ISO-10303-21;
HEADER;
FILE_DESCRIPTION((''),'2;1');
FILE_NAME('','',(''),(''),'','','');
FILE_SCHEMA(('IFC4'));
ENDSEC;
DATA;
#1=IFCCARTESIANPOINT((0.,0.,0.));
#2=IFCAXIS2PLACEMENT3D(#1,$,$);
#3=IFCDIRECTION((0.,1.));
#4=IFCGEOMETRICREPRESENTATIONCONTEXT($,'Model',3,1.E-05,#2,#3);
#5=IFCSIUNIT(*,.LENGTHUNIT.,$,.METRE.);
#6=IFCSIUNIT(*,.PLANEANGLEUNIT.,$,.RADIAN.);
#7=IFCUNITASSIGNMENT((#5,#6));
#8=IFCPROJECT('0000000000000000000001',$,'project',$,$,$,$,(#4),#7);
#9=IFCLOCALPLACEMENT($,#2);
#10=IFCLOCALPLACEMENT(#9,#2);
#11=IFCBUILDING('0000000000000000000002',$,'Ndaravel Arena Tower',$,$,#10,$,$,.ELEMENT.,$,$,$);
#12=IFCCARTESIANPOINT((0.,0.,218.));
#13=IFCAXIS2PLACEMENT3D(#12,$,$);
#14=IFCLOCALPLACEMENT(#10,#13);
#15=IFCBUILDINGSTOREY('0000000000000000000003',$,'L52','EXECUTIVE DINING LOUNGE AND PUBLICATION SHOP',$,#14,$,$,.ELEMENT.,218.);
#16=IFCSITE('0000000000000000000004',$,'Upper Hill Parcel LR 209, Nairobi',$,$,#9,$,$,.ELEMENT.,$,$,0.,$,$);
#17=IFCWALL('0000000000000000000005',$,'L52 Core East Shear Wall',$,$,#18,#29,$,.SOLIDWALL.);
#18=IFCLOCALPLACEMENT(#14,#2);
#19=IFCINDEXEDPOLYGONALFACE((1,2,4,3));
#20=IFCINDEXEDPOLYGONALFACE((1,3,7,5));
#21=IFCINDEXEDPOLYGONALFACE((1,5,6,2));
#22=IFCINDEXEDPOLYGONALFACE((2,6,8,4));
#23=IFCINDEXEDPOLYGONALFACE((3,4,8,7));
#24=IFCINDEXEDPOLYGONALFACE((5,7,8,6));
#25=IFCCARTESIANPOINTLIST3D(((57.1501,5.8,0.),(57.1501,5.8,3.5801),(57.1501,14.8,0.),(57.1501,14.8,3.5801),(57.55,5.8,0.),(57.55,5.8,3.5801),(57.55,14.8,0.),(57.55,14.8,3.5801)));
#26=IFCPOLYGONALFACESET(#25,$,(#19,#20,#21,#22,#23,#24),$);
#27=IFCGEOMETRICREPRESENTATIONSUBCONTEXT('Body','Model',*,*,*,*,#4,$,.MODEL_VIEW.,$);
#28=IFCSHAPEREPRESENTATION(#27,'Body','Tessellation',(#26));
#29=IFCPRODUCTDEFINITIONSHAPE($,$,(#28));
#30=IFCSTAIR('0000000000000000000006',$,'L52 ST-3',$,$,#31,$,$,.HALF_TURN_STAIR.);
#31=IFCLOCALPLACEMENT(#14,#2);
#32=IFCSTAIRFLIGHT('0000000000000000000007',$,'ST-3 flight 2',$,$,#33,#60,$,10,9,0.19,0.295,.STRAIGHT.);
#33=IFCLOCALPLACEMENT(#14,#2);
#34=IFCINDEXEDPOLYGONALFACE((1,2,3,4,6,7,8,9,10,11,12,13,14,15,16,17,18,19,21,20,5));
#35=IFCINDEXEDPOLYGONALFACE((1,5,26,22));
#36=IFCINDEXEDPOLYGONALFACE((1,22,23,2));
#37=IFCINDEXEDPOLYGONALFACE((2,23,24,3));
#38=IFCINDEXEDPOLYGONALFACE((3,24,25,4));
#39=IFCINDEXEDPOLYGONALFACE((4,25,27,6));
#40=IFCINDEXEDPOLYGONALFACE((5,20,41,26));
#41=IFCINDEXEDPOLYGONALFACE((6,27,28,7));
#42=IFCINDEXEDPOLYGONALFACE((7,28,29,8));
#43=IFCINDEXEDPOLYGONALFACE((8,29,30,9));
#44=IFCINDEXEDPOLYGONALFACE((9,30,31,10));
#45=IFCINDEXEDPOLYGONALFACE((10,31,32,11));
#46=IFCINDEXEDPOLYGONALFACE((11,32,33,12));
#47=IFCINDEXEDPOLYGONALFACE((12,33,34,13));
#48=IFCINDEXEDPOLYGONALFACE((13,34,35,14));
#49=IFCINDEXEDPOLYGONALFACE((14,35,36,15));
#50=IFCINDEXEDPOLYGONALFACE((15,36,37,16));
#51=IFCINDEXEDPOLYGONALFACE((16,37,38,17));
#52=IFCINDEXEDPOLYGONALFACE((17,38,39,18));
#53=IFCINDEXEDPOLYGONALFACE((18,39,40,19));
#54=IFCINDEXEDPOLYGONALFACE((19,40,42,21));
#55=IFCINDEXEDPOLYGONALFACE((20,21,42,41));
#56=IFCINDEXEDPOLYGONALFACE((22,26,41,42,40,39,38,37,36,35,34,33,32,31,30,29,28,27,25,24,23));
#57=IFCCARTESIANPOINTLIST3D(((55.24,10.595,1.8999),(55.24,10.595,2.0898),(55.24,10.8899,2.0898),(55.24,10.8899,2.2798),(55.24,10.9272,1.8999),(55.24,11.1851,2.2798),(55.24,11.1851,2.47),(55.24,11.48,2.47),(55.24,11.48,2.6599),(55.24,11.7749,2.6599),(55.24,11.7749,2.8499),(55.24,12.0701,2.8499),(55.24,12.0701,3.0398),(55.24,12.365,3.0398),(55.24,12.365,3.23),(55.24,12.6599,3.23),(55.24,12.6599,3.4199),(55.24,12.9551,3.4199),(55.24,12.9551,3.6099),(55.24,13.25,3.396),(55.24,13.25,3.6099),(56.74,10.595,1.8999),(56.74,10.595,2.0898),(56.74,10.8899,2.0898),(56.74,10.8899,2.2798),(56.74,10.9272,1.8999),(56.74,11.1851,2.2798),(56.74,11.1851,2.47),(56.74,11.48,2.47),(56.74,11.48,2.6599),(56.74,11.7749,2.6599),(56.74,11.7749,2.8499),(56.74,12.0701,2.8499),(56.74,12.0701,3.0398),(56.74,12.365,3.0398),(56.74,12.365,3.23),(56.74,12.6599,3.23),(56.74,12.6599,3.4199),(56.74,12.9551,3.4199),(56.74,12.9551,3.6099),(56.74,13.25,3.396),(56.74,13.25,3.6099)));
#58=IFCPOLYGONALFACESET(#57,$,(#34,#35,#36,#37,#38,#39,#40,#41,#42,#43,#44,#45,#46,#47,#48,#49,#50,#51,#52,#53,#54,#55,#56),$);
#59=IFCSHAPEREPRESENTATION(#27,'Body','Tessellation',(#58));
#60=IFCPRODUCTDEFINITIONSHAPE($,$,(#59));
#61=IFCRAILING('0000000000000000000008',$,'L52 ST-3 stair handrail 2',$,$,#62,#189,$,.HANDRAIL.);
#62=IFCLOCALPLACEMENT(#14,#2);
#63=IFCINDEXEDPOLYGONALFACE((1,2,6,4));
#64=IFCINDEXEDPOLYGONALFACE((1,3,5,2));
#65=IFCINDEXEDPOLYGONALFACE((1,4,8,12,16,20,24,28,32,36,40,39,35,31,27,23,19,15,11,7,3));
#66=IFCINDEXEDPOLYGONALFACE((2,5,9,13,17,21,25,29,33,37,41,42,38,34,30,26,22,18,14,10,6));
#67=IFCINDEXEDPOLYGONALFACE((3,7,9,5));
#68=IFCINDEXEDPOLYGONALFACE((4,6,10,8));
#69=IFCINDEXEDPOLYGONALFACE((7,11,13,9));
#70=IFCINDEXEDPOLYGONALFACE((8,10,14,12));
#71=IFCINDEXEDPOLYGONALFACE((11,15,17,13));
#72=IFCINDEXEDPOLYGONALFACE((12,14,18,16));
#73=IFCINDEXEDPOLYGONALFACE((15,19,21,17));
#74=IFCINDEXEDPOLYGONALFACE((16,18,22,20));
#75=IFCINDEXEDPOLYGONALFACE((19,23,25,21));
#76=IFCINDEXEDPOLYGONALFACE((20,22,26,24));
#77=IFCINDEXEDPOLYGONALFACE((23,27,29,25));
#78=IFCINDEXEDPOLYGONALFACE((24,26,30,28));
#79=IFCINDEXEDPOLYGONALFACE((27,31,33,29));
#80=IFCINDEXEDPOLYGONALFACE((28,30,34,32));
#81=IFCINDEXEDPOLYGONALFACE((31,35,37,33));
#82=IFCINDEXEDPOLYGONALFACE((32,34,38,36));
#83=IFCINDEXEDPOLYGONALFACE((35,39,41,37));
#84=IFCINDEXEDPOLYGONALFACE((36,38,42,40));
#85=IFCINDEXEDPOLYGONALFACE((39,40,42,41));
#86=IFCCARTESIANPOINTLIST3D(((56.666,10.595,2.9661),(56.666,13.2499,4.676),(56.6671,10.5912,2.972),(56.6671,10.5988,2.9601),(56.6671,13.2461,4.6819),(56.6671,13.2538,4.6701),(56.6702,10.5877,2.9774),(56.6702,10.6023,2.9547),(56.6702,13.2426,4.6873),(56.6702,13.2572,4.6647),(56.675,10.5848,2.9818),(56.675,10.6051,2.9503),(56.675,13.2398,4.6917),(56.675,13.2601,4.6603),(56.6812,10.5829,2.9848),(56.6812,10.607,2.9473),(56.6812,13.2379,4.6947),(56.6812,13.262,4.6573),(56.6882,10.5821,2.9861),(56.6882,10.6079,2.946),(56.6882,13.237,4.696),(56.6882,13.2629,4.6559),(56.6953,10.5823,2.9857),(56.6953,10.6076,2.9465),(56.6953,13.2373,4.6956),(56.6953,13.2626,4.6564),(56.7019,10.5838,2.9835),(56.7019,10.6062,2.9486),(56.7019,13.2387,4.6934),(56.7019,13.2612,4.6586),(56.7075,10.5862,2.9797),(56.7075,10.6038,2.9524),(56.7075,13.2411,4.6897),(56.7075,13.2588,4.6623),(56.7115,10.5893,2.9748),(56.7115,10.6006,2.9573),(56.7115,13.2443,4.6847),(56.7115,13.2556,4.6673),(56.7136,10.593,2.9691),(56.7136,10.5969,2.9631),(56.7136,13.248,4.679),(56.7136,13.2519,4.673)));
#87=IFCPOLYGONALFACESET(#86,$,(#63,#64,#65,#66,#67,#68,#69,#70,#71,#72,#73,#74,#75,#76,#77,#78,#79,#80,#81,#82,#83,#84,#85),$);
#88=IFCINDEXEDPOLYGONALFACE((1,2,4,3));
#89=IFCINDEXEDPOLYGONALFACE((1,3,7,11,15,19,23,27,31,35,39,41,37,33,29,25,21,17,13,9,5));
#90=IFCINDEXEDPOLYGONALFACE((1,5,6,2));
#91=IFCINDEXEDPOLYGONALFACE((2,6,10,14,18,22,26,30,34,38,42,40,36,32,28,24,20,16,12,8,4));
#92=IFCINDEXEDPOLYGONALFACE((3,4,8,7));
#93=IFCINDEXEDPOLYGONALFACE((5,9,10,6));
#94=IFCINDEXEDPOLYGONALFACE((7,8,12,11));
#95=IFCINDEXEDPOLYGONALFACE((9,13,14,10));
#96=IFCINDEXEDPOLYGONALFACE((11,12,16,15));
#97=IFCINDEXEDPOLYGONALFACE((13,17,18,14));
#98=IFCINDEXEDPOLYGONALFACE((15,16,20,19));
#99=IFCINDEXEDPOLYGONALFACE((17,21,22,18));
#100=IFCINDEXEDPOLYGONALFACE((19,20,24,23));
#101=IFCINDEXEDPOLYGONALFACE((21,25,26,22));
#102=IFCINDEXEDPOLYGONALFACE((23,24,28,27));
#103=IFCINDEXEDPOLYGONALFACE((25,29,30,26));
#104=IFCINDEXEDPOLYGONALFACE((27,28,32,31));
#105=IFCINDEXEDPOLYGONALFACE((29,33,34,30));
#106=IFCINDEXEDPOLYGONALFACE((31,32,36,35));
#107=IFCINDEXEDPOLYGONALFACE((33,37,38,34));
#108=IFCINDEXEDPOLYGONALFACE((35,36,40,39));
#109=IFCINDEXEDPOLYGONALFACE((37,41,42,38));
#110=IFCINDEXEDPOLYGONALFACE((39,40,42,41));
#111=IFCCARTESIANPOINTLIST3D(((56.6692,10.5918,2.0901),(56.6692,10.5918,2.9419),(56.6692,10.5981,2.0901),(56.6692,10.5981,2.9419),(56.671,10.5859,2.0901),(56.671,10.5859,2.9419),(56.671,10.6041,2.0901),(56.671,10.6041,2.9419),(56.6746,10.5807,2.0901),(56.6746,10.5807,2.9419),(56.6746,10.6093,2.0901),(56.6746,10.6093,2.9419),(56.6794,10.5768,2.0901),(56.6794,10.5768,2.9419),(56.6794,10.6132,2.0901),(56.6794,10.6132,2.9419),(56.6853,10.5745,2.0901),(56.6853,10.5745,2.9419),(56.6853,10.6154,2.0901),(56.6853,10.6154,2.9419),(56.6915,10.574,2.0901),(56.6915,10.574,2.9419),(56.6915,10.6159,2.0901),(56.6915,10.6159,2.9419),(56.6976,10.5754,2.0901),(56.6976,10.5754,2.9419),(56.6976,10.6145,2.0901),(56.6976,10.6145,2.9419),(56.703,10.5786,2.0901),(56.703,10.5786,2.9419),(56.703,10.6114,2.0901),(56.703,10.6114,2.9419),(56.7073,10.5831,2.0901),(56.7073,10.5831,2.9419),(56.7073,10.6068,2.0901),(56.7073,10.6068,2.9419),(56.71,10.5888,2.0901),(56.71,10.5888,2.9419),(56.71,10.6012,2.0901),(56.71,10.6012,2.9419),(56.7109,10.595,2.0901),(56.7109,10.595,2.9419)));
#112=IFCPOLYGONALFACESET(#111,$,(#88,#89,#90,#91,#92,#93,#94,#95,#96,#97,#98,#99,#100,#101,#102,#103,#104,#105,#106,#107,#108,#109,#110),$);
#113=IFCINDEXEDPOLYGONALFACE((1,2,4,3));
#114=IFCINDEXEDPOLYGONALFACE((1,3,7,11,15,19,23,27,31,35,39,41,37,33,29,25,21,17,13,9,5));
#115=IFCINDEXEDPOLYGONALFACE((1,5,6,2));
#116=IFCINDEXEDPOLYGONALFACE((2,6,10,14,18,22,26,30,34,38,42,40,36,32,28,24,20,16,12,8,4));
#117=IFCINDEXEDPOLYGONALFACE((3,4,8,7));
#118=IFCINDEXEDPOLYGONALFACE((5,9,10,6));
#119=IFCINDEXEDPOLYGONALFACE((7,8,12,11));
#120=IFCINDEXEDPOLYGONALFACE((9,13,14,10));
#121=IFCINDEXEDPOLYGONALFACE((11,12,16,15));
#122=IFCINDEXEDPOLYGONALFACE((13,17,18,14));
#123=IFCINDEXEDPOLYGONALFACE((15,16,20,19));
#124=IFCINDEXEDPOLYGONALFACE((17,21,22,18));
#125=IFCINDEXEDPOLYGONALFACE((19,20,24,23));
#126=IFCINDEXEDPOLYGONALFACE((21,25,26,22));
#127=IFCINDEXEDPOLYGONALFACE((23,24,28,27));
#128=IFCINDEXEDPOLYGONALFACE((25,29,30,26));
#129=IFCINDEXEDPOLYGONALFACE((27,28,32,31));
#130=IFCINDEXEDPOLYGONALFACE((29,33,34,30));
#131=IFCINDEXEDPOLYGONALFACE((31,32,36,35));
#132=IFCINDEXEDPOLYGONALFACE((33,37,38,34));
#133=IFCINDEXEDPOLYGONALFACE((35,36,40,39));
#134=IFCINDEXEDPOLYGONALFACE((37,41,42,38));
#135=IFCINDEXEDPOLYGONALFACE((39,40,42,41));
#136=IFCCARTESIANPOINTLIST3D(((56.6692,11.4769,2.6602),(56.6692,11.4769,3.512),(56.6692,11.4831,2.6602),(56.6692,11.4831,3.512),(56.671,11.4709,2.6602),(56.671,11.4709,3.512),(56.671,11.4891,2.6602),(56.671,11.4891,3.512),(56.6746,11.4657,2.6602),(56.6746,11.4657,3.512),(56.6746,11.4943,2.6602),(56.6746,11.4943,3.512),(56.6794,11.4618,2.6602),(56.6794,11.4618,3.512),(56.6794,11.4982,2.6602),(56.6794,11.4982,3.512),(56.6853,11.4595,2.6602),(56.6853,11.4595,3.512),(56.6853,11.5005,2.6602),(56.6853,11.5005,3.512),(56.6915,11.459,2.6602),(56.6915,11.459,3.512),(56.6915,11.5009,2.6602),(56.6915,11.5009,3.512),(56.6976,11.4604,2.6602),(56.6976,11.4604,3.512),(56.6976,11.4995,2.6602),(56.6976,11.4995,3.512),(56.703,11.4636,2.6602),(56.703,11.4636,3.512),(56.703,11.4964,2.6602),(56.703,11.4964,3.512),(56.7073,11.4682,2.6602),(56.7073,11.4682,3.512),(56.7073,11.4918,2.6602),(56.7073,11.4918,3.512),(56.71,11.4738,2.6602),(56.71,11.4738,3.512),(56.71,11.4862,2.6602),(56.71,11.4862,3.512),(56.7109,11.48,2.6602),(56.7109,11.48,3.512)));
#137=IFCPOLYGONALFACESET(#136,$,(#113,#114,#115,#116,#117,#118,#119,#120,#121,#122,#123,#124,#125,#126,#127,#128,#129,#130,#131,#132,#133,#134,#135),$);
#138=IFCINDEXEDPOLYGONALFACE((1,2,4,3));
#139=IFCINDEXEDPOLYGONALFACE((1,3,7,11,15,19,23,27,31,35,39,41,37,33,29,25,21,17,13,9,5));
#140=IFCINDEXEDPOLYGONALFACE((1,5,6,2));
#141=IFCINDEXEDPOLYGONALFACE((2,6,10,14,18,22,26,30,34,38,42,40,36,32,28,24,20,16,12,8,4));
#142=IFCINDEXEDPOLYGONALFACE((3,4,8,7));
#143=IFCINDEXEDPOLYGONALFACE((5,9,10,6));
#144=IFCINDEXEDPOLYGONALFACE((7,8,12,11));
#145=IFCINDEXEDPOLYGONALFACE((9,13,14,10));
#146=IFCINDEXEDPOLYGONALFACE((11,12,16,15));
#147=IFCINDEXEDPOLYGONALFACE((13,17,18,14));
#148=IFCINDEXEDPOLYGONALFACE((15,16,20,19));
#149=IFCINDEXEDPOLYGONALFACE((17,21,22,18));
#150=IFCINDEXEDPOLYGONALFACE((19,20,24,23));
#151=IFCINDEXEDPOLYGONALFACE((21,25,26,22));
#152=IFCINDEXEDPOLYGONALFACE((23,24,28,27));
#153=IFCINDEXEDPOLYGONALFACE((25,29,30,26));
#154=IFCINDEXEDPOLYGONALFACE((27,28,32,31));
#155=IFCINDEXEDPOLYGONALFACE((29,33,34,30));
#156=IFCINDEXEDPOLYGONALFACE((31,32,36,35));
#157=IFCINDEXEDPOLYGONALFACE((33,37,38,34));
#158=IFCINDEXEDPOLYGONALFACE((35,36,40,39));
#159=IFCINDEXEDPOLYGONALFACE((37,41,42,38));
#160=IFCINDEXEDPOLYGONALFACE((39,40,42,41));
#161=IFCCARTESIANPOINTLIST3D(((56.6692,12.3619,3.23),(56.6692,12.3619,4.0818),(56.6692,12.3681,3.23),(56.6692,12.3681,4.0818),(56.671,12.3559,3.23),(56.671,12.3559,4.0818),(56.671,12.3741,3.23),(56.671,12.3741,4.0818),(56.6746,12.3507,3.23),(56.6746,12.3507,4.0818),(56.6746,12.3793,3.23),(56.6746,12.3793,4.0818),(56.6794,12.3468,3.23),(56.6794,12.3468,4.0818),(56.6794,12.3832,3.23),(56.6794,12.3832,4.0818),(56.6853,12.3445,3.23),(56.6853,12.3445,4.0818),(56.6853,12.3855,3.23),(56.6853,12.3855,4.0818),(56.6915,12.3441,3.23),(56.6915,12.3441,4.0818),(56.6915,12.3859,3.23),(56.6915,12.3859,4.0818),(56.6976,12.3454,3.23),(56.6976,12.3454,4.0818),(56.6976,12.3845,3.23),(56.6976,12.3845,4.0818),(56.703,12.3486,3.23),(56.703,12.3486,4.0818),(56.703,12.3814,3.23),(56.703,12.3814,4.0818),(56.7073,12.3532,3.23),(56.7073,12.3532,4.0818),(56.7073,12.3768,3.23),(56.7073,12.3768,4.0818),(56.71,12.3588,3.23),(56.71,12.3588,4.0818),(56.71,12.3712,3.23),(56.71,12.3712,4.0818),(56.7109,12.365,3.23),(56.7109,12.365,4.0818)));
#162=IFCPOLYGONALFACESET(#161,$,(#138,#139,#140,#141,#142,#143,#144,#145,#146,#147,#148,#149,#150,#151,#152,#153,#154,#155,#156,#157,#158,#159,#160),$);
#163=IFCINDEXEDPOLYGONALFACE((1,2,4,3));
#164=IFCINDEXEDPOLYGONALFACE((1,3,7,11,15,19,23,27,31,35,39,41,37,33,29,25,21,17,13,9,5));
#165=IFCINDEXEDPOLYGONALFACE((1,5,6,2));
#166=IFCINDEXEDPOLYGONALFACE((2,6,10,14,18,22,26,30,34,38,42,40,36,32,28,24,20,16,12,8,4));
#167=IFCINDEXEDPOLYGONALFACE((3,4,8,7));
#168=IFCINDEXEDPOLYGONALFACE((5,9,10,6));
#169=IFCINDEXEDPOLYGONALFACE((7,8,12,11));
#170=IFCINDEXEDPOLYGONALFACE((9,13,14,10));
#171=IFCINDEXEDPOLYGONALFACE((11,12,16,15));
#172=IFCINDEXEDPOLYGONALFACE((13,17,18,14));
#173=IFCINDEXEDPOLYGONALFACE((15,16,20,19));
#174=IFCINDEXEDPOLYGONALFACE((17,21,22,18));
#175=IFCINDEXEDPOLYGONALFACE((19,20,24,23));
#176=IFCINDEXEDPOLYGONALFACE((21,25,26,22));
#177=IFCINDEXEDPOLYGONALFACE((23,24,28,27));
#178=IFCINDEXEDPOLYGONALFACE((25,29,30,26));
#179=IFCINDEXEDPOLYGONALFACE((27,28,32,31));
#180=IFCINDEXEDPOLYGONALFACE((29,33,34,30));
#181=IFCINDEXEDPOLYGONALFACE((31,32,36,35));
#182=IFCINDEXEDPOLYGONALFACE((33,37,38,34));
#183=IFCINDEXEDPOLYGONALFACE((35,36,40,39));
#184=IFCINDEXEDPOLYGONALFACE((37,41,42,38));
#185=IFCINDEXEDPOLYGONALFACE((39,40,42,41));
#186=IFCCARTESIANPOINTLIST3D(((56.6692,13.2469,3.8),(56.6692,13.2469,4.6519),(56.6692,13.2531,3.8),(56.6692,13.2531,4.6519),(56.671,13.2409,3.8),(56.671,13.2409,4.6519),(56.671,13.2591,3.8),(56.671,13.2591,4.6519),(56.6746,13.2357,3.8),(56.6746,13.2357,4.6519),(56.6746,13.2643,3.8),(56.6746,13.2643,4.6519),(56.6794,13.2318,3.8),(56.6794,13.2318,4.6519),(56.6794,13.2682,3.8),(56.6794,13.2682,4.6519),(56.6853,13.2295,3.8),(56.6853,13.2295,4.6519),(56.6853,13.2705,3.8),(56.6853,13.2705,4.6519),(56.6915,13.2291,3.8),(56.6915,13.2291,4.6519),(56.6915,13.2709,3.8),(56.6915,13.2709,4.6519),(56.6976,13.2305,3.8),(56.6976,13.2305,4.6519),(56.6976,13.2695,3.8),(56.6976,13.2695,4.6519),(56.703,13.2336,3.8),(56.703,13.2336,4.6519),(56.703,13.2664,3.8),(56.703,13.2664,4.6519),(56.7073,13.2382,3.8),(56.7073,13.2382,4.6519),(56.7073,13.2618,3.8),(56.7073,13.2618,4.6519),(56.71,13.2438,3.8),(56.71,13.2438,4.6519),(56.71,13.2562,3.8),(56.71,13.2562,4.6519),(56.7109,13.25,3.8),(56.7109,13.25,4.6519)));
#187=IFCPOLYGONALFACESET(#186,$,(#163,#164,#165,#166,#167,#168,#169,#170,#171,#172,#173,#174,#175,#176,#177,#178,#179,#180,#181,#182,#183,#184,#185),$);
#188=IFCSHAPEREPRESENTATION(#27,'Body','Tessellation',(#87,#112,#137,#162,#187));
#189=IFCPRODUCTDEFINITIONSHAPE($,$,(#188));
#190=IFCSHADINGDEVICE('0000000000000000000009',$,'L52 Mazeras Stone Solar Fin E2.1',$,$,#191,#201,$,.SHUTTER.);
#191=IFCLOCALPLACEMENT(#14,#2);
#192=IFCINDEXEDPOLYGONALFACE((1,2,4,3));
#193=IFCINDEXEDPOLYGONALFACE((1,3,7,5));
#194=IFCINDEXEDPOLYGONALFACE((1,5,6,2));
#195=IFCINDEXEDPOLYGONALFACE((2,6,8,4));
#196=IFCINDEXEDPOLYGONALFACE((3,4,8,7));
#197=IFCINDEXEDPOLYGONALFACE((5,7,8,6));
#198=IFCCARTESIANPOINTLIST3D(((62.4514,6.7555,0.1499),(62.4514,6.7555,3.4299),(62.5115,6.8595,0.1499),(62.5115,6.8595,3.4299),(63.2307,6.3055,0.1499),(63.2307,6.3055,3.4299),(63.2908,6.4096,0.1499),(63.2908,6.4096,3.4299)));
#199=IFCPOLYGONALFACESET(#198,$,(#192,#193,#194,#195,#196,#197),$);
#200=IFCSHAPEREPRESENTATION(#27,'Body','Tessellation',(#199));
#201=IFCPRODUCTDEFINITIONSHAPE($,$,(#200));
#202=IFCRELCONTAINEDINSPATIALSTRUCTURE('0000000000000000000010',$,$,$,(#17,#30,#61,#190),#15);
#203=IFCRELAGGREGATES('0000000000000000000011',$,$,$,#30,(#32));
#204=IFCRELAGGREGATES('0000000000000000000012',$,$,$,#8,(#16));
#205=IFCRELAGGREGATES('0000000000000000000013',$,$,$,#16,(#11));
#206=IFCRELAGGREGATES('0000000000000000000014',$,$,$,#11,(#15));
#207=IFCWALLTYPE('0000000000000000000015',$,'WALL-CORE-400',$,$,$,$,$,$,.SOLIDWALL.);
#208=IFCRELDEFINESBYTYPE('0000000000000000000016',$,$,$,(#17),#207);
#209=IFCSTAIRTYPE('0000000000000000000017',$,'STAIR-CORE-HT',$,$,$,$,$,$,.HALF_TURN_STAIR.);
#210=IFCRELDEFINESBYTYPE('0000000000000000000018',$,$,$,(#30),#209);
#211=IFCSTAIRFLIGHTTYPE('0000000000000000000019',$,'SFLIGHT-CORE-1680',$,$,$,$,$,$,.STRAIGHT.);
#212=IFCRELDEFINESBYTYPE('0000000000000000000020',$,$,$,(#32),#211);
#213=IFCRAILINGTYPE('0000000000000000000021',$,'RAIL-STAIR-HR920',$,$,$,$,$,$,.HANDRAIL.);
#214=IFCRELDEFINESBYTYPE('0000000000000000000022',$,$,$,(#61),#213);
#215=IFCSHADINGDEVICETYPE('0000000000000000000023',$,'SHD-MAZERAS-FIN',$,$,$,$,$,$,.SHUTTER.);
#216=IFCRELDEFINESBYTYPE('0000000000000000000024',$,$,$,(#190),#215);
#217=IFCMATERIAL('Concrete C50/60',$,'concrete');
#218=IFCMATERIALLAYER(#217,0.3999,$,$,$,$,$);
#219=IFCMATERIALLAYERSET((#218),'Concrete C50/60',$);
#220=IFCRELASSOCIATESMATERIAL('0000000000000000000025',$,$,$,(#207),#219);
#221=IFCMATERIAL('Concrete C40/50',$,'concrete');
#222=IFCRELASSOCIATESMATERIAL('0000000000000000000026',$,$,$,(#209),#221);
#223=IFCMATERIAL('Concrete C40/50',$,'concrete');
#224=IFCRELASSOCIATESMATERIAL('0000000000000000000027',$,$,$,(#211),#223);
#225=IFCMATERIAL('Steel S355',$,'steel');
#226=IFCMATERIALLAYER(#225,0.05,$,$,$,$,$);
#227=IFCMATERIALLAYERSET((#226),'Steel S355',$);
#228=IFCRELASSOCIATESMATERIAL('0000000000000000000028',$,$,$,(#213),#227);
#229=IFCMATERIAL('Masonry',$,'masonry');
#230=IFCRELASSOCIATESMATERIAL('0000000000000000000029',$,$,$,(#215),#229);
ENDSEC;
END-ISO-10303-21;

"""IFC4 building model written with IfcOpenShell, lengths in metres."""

from ifc_helpers import new_model, si_unit, direction, frame, frame_2d, origin, origin_2d, place, context, subcontext, project, spatial, polyline, rectangle, circle, outline, extrude, material, layer, layer_set, type_object, element, aggregate, save


model = new_model("IFC4")

# Units and contexts
model_context = context("Model", 3, precision=1e-05, world=origin(), true_north=direction((0.0, 1.0)))
body_context = subcontext(model_context, "Body", "Model", "MODEL_VIEW")
ifc_project = project(units=[si_unit("LENGTHUNIT", "METRE"), si_unit("PLANEANGLEUNIT", "RADIAN")], contexts=[model_context])

# Site, building, storey
site_placement = place(None, origin())
site = spatial("IfcSite", under=ifc_project, at=site_placement, Name="Upper Hill Parcel LR 209, Nairobi", CompositionType="ELEMENT", RefElevation=0.0)
building_placement = place(site_placement, origin())
building = spatial("IfcBuilding", under=site, at=building_placement, Name="Ndaravel Arena Tower", CompositionType="ELEMENT")
storey_placement = place(building_placement, frame((0.0, 0.0, 218.0)))
storey = spatial("IfcBuildingStorey", under=building, at=storey_placement, Name="L52", Description="EXECUTIVE DINING LOUNGE AND PUBLICATION SHOP", CompositionType="ELEMENT", Elevation=218.0)

# Wall
ifc_material_1 = material(Name="Concrete C50/60", Category="concrete")
ifc_layer_1 = layer(ifc_material_1, 0.3999)
ifc_layer_set_1 = layer_set([ifc_layer_1], Name="Concrete C50/60")
wall_type = type_object("IfcWallType", Name="WALL-CORE-400", PredefinedType="SOLIDWALL", material=ifc_layer_set_1)
wall_placement = place(storey_placement, frame((57.3501, 5.8, 0.0), z_axis=(0.0, 0.0, 1.0), x_axis=(0.0, 1.0, 0.0)))
element("IfcWall", 1, at=wall_placement, inside=storey, type_object=wall_type, Name="L52 Core East Shear Wall", PredefinedType="SOLIDWALL", context=body_context, shape_type="SweptSolid", body=[
    extrude(rectangle(XDim=9.0, YDim=0.3999, at=frame_2d((4.5, 0.0))), origin(), (0.0, 0.0, 1.0), 3.5801),
])

# Stair, stair flight
ifc_material_2 = material(Name="Concrete C40/50", Category="concrete")
stair_type = type_object("IfcStairType", Name="STAIR-CORE-HT", PredefinedType="HALF_TURN_STAIR", material=ifc_material_2)
stair_placement = place(storey_placement, origin())
stair = element("IfcStair", 2, at=stair_placement, inside=storey, type_object=stair_type, Name="L52 ST-3", PredefinedType="HALF_TURN_STAIR")
ifc_material_3 = material(Name="Concrete C40/50", Category="concrete")
stair_flight_type = type_object("IfcStairFlightType", Name="SFLIGHT-CORE-1680", PredefinedType="STRAIGHT", material=ifc_material_3)
stair_flight_placement = place(storey_placement, frame((55.99, 10.595, 1.8999), z_axis=(0.0, 0.0, 1.0), x_axis=(0.0, 1.0, 0.0)))
stair_flight = element("IfcStairFlight", 3, at=stair_flight_placement, type_object=stair_flight_type, Name="ST-3 flight 2", NumberOfRisers=10, NumberOfTreads=9, PredefinedType="STRAIGHT", RiserHeight=0.19, TreadLength=0.295, context=body_context, shape_type="SweptSolid", body=[
    extrude(outline(polyline([(0.0, 0.0), (0.0, 0.1899), (0.2949, 0.1899), (0.2949, 0.3799), (0.5901, 0.3799), (0.5901, 0.5701), (0.885, 0.5701), (0.885, 0.76), (1.1799, 0.76), (1.1799, 0.95), (1.4751, 0.95), (1.4751, 1.1399), (1.77, 1.1399), (1.77, 1.3301), (2.0649, 1.3301), (2.0649, 1.52), (2.3601, 1.52), (2.3601, 1.71), (2.655, 1.71), (2.655, 1.8999), (2.655, 1.4961), (0.3323, 0.0), (0.0, 0.0)])), frame((0.0, 0.75, 0.0), z_axis=(0.0, -1.0, 0.0), x_axis=(1.0, 0.0, 0.0)), (0.0, 0.0, 1.0), 1.5),
])
aggregate(stair, [stair_flight])

# Railing
ifc_material_4 = material(Name="Steel S355", Category="steel")
ifc_layer_2 = layer(ifc_material_4, 0.05)
ifc_layer_set_2 = layer_set([ifc_layer_2], Name="Steel S355")
railing_type_1 = type_object("IfcRailingType", Name="RAIL-STAIR-HR920", PredefinedType="HANDRAIL", material=ifc_layer_set_2)
railing_1_placement = place(storey_placement, frame((56.6899, 10.595, 2.0901)))
element("IfcRailing", 4, at=railing_1_placement, inside=storey, type_object=railing_type_1, Name="L52 ST-3 stair handrail 2", PredefinedType="HANDRAIL", context=body_context, shape_type="SweptSolid", body=[
    extrude(circle(Radius=0.0239, at=origin_2d()), frame((0.0, 0.0, 0.876), z_axis=(0.0, 0.840724, 0.541465), x_axis=(-1.0, 0.0, 0.0)), (0.0, 0.0, 1.0), 3.158),
    extrude(circle(Radius=0.021, at=origin_2d()), origin(), (0.0, 0.0, 1.0), 0.8518),
    extrude(circle(Radius=0.021, at=origin_2d()), frame((0.0, 0.885, 0.5701)), (0.0, 0.0, 1.0), 0.8518),
    extrude(circle(Radius=0.021, at=origin_2d()), frame((0.0, 1.77, 1.1399)), (0.0, 0.0, 1.0), 0.8518),
    extrude(circle(Radius=0.021, at=origin_2d()), frame((0.0, 2.655, 1.71)), (0.0, 0.0, 1.0), 0.8518),
])

# Shading device
ifc_material_5 = material(Name="Masonry", Category="masonry")
shading_device_type = type_object("IfcShadingDeviceType", Name="SHD-MAZERAS-FIN", PredefinedType="SHUTTER", material=ifc_material_5)
for number, where, z_axis, x_axis, name in (
    (5, (62.8711, 6.5825, 0.1499), (0.0, 0.0, 1.0), (0.866025, -0.5, 0.0), "L52 Mazeras Stone Solar Fin E2.1"),
):
    element("IfcShadingDevice", number, at=place(storey_placement, frame(where, z_axis=z_axis, x_axis=x_axis)), inside=storey, type_object=shading_device_type, Name=name, PredefinedType="SHUTTER", context=body_context, shape_type="SweptSolid", body=[
        extrude(rectangle(XDim=0.8999, YDim=0.1201, at=origin_2d()), origin(), (0.0, 0.0, 1.0), 3.28),
    ])

save(model, "model.ifc")
